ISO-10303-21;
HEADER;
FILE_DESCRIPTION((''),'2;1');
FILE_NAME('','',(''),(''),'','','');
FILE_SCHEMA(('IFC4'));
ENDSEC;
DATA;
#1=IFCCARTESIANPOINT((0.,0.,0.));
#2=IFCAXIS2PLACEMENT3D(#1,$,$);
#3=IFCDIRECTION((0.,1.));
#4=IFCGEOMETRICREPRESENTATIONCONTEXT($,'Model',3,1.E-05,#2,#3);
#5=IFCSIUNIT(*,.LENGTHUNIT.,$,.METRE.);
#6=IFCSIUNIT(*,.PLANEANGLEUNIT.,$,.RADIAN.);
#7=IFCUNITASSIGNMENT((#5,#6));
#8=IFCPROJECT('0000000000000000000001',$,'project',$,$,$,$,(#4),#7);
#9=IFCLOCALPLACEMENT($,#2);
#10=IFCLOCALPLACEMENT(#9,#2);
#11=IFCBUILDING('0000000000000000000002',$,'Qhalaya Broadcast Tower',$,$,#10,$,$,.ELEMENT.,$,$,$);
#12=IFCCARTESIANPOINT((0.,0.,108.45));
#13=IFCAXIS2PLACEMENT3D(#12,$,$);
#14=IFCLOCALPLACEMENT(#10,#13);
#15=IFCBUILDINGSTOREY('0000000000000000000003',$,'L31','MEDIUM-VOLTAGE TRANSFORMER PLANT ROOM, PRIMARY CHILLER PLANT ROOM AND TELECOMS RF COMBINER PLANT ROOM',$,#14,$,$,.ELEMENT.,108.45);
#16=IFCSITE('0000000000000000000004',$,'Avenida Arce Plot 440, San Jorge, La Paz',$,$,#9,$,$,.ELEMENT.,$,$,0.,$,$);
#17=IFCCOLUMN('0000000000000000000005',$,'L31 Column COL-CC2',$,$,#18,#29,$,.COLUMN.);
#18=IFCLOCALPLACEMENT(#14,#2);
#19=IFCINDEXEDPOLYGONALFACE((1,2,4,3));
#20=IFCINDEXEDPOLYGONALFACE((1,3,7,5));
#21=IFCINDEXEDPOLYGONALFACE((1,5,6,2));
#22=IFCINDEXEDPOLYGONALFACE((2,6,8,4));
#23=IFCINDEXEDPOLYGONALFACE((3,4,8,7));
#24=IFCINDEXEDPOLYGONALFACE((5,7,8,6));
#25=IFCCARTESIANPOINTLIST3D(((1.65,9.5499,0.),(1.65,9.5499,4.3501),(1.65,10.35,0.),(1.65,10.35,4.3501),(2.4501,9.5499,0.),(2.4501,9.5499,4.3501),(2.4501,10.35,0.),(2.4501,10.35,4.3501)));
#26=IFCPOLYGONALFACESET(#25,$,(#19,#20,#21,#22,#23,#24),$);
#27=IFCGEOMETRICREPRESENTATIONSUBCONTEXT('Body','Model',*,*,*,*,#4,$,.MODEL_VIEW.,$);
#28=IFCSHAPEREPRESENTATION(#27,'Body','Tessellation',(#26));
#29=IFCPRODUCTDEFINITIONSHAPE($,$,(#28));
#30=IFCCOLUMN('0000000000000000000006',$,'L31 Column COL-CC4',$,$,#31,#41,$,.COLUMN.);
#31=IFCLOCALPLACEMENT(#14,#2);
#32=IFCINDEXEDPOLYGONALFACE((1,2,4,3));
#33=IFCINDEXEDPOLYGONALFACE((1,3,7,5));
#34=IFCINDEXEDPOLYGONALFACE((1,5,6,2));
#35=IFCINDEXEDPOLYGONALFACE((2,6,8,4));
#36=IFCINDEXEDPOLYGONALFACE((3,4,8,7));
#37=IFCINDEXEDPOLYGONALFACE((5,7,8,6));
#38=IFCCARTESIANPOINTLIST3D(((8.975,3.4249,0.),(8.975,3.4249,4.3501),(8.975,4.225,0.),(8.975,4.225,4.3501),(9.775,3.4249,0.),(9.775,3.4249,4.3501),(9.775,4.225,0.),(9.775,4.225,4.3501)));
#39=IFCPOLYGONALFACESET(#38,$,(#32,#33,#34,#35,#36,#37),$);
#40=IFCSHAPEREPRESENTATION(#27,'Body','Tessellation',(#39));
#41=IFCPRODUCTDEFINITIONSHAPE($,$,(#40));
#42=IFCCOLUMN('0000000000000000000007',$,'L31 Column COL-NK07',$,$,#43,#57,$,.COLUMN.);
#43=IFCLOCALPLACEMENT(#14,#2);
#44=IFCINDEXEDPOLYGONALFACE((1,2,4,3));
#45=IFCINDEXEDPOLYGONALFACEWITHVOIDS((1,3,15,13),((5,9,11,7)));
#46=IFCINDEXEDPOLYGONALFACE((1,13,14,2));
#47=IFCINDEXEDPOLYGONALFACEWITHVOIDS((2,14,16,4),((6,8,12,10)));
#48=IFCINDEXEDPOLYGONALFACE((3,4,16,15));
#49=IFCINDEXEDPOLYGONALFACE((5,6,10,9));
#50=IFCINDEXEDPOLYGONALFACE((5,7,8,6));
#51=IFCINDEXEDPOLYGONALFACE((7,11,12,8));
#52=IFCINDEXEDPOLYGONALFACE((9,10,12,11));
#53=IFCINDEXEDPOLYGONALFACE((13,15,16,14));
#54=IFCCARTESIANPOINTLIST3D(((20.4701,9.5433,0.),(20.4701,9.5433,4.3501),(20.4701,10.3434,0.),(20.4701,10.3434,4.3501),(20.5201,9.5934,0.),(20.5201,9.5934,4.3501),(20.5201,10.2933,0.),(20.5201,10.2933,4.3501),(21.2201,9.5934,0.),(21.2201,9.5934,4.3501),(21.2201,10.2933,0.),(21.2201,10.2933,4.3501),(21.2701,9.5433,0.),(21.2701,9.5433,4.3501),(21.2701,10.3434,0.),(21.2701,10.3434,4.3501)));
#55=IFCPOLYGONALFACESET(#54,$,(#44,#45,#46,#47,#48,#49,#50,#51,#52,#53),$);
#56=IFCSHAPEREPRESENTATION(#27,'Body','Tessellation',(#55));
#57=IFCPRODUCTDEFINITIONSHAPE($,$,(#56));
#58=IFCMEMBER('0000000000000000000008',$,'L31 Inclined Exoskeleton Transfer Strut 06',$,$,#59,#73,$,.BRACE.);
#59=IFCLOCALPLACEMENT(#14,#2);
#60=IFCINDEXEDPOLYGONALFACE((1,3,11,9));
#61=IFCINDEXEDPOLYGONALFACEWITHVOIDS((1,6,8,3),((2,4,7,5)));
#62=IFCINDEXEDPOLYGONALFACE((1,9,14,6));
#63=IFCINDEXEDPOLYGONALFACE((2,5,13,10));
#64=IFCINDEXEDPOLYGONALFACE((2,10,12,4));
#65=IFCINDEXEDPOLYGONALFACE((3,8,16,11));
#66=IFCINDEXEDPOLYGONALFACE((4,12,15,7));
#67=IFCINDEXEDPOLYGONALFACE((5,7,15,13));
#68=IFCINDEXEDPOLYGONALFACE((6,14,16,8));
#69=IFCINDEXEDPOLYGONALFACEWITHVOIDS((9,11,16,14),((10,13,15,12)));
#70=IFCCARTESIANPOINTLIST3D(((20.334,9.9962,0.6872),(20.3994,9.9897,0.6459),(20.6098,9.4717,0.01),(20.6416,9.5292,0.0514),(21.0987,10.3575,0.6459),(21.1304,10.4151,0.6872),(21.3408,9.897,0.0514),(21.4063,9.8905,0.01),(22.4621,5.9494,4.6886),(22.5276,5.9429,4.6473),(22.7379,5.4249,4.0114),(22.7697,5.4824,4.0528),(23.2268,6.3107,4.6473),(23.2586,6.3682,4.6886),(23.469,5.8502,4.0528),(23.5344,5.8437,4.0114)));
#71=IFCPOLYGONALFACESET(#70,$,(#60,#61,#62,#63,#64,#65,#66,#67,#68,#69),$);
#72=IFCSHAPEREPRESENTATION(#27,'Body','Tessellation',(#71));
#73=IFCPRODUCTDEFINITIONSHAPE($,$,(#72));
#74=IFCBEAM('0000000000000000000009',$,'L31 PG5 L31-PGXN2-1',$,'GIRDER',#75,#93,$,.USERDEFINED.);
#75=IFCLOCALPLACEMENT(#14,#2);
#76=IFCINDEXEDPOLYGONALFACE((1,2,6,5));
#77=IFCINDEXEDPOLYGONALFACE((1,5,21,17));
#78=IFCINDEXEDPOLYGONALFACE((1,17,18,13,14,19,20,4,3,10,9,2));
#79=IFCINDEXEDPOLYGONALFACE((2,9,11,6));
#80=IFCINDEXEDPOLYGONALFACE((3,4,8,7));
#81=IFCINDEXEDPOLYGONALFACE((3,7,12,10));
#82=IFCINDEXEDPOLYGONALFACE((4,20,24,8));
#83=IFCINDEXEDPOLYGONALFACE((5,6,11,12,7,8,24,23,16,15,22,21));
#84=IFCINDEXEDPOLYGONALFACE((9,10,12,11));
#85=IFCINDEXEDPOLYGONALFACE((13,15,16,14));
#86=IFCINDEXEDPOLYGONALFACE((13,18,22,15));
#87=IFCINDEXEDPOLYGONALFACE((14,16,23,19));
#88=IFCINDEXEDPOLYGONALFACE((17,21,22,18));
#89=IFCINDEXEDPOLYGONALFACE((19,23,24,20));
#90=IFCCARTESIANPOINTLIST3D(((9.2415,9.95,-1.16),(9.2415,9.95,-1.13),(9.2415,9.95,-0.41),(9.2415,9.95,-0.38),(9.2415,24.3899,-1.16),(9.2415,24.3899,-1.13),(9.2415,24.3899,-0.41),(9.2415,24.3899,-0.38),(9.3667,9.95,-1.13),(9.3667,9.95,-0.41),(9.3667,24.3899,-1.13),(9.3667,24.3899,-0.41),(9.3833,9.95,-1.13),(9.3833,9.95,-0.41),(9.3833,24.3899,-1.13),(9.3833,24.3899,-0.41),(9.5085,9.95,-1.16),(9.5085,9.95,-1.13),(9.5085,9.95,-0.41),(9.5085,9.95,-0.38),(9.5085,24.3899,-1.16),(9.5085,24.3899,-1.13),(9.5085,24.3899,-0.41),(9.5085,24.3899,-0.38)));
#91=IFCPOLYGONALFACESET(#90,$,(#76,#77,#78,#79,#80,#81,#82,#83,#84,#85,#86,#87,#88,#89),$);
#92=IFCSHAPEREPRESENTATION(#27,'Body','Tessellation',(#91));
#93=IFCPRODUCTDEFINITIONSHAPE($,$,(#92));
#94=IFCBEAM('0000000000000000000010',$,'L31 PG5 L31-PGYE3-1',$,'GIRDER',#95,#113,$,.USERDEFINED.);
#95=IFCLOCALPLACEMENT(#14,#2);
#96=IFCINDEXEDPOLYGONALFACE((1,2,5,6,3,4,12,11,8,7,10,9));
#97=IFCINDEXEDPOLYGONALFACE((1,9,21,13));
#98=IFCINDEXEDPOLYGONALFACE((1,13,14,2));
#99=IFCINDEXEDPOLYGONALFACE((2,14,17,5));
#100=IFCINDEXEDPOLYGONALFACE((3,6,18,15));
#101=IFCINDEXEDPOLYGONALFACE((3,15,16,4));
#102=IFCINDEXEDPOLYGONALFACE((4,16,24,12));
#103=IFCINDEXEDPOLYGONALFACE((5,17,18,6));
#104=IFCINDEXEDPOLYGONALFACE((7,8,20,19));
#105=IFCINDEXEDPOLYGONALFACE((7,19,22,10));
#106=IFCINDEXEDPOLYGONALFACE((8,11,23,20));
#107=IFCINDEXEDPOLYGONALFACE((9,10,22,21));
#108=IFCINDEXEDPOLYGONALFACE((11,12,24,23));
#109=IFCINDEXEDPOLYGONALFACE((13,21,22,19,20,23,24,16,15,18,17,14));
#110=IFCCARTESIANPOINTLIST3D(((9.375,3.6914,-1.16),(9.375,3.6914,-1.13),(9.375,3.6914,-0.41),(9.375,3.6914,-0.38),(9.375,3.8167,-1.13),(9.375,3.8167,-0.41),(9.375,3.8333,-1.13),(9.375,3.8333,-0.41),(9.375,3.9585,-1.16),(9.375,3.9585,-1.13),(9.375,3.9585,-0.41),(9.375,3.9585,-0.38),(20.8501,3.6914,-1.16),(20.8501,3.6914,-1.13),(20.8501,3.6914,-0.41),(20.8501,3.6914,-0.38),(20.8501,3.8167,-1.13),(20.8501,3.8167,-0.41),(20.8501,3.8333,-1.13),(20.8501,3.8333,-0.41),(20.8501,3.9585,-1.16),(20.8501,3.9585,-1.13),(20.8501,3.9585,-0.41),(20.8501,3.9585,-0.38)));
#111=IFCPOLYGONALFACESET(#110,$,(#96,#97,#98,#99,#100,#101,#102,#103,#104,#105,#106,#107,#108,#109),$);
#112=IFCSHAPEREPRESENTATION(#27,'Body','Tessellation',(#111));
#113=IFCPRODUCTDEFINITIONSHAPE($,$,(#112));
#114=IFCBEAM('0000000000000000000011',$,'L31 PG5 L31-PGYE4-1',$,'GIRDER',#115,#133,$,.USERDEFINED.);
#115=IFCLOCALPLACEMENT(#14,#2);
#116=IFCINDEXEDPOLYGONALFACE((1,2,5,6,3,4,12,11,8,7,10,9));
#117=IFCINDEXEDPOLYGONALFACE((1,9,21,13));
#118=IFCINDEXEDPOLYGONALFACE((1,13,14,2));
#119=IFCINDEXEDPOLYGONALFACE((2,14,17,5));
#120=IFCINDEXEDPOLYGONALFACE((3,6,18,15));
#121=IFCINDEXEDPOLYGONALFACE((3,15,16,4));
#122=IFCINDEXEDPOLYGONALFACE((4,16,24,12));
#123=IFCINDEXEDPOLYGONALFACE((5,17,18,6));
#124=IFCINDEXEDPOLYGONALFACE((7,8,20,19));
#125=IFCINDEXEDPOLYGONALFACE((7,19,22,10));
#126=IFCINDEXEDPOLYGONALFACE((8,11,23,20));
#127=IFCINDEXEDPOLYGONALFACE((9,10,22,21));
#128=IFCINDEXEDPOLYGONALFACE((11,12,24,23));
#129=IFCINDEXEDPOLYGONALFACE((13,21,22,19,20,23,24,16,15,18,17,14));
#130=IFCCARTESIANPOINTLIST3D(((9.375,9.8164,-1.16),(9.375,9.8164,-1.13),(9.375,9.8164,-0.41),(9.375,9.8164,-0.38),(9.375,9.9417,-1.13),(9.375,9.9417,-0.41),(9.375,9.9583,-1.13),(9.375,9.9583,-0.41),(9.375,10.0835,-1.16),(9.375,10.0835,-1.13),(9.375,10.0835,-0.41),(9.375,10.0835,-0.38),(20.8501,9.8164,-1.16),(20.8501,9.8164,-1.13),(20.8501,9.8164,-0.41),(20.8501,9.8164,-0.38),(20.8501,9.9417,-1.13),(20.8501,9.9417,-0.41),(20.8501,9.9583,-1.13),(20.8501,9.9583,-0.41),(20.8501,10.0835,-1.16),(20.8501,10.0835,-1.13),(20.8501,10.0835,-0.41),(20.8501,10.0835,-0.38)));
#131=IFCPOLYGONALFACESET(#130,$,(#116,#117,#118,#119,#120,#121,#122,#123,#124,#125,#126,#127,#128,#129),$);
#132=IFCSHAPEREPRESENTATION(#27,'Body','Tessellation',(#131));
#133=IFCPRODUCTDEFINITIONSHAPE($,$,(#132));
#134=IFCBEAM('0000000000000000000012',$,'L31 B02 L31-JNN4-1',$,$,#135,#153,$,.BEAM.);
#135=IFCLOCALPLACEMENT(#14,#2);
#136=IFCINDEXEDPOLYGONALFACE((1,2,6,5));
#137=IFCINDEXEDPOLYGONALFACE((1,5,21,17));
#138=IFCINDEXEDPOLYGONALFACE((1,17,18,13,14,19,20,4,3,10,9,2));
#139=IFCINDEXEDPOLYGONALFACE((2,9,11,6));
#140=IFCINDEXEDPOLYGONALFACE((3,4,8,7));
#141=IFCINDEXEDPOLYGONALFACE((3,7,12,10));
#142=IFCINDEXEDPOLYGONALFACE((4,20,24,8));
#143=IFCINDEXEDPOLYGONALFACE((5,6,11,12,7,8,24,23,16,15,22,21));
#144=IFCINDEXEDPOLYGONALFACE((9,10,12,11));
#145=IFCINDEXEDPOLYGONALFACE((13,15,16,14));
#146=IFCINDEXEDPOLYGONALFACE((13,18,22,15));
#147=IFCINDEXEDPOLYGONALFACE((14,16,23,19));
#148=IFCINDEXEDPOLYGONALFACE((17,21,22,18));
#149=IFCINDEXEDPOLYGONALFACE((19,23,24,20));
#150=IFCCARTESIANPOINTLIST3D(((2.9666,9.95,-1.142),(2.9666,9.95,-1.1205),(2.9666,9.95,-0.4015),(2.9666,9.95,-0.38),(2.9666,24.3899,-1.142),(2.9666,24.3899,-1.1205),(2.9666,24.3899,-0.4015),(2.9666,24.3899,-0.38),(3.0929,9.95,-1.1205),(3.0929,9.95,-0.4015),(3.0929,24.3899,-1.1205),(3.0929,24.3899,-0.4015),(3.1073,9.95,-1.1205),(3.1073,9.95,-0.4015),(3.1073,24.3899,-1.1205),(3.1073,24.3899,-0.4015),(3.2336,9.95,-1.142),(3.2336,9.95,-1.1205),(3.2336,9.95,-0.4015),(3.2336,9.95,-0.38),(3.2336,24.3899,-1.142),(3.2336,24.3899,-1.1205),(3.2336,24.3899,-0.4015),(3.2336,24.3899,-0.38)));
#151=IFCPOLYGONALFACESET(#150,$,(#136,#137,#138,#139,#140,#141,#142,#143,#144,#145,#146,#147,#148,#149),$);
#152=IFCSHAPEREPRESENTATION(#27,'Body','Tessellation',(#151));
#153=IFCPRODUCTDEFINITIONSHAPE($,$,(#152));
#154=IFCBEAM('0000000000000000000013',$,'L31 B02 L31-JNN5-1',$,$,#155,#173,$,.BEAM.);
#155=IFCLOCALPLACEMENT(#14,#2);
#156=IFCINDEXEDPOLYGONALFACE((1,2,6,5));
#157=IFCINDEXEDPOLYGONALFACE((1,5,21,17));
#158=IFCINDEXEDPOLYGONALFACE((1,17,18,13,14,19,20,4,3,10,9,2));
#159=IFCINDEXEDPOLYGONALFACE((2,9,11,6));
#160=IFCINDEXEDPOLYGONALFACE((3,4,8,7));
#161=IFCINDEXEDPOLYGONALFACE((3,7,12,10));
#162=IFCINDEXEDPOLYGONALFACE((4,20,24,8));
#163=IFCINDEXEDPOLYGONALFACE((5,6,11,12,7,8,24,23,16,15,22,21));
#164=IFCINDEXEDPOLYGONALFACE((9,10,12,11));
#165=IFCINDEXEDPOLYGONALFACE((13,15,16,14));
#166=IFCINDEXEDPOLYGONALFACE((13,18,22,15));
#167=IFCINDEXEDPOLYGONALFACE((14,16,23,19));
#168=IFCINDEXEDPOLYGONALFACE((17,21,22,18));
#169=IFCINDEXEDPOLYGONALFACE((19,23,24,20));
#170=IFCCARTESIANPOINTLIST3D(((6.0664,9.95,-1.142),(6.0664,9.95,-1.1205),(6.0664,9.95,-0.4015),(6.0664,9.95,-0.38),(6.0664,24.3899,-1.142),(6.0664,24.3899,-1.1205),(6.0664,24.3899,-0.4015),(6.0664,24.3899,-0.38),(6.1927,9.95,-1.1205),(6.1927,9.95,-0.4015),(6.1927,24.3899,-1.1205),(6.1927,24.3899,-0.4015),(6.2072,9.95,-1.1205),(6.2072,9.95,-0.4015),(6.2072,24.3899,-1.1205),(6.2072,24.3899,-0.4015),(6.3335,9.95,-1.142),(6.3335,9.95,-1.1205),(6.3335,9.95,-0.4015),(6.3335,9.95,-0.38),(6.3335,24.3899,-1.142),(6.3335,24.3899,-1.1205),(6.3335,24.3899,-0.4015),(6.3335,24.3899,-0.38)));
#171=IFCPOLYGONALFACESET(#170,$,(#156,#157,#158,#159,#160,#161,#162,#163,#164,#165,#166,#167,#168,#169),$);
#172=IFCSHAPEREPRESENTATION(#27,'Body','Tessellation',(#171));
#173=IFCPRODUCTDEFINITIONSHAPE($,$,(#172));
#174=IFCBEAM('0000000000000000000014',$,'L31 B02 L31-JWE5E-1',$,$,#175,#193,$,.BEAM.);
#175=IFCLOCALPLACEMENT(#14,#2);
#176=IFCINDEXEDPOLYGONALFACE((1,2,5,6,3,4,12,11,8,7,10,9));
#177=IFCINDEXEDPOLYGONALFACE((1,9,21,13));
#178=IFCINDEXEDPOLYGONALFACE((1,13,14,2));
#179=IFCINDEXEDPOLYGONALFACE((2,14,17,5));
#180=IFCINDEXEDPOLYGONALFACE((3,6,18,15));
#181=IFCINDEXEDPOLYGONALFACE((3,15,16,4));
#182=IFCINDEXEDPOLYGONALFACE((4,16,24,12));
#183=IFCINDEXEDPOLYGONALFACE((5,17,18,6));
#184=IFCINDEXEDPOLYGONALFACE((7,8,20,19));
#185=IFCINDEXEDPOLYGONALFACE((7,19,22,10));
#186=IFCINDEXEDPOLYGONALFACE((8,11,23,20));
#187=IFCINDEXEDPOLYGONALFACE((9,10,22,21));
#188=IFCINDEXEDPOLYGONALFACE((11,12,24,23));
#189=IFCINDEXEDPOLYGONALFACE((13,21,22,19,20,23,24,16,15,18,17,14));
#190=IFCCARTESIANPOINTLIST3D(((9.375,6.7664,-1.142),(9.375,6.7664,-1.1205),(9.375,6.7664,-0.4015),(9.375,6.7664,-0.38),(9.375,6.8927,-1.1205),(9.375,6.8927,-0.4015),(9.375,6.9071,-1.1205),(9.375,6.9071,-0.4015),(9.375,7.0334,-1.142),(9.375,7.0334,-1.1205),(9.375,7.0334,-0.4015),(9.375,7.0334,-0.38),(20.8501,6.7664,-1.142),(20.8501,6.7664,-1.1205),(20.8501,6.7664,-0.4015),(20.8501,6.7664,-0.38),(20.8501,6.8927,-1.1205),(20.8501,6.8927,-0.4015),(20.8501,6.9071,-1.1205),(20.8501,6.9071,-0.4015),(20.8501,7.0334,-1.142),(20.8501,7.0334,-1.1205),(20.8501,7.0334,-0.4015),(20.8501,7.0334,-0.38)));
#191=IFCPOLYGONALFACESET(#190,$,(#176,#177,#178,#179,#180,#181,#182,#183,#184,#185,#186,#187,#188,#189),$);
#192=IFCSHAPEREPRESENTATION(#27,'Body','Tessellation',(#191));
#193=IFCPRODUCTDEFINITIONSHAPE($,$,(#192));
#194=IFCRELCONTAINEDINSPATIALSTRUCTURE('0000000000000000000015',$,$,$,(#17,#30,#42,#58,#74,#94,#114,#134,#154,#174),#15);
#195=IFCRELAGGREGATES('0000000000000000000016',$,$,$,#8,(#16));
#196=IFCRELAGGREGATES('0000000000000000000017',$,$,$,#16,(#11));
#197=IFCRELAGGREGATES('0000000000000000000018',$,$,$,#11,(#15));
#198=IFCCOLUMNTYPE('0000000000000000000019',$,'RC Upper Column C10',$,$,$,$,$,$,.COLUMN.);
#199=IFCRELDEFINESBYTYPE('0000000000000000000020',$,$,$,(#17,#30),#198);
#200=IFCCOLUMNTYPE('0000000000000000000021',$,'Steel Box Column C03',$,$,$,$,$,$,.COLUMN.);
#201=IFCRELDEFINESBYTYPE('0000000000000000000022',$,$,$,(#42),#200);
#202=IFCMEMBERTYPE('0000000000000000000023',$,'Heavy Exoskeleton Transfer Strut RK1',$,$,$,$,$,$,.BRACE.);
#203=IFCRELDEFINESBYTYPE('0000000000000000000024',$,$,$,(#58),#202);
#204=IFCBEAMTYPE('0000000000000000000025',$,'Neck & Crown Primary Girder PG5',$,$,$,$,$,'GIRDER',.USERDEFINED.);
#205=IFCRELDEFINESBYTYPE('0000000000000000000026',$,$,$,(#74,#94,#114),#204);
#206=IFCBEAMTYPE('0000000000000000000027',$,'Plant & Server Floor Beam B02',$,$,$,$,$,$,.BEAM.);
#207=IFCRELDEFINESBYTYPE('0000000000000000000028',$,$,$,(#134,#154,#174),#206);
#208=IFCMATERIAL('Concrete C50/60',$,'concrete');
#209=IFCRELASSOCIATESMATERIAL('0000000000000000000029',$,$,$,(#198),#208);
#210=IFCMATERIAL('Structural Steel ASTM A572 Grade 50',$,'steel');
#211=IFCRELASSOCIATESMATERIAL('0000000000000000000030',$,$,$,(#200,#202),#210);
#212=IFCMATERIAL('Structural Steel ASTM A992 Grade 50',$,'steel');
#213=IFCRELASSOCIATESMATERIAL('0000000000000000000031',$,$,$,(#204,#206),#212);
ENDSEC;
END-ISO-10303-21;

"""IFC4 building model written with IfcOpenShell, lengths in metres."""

from ifc_helpers import new_model, si_unit, direction, frame, origin, origin_2d, place, context, subcontext, project, spatial, rectangle, hollow_rectangle, i_section, extrude, material, material_profile, profile_set, type_object, element, save


model = new_model("IFC4")

# Units and contexts
model_context = context("Model", 3, precision=1e-05, world=origin(), true_north=direction((0.0, 1.0)))
body_context = subcontext(model_context, "Body", "Model", "MODEL_VIEW")
ifc_project = project(units=[si_unit("LENGTHUNIT", "METRE"), si_unit("PLANEANGLEUNIT", "RADIAN")], contexts=[model_context])

# Site, building, storey
site_placement = place(None, origin())
site = spatial("IfcSite", under=ifc_project, at=site_placement, Name="Avenida Arce Plot 440, San Jorge, La Paz", CompositionType="ELEMENT", RefElevation=0.0)
building_placement = place(site_placement, origin())
building = spatial("IfcBuilding", under=site, at=building_placement, Name="Qhalaya Broadcast Tower", CompositionType="ELEMENT")
storey_placement = place(building_placement, frame((0.0, 0.0, 108.45)))
storey = spatial("IfcBuildingStorey", under=building, at=storey_placement, Name="L31", Description="MEDIUM-VOLTAGE TRANSFORMER PLANT ROOM, PRIMARY CHILLER PLANT ROOM AND TELECOMS RF COMBINER PLANT ROOM", CompositionType="ELEMENT", Elevation=108.45)

# Columns
ifc_material_1 = material(Name="Concrete C50/60", Category="concrete")
ifc_material_profile_1 = material_profile(ifc_material_1, rectangle(XDim=0.8, YDim=0.8, at=origin_2d()), Name="RC-COL 800x800")
ifc_profile_set_1 = profile_set([ifc_material_profile_1], Name="Concrete C50/60")
column_type_1 = type_object("IfcColumnType", Name="RC Upper Column C10", PredefinedType="COLUMN", material=ifc_profile_set_1)
for number, where, z_axis, x_axis, name in (
    (1, (2.05, 9.95, 0.0), (0.0, 0.0, 1.0), (1.0, 0.0, 0.0), "L31 Column COL-CC2"),
    (2, (9.375, 3.825, 0.0), (0.0, 0.0, 1.0), (1.0, 0.0, 0.0), "L31 Column COL-CC4"),
):
    element("IfcColumn", number, at=place(storey_placement, frame(where, z_axis=z_axis, x_axis=x_axis)), inside=storey, type_object=column_type_1, Name=name, PredefinedType="COLUMN", context=body_context, shape_type="SweptSolid", body=[
        extrude(rectangle(XDim=0.8, YDim=0.8, at=origin_2d()), origin(), (0.0, 0.0, 1.0), 4.3501),
    ])
ifc_material_2 = material(Name="Structural Steel ASTM A572 Grade 50", Category="steel")
ifc_material_profile_2 = material_profile(ifc_material_2, hollow_rectangle(XDim=0.8, YDim=0.8, WallThickness=0.05, at=origin_2d()), Name="BOX 800x800x50")
ifc_profile_set_2 = profile_set([ifc_material_profile_2], Name="Structural Steel ASTM A572 Grade 50")
column_type_2 = type_object("IfcColumnType", Name="Steel Box Column C03", PredefinedType="COLUMN", material=ifc_profile_set_2)
column_placement = place(storey_placement, frame((20.8701, 9.9434, 0.0), z_axis=(0.0, 0.0, 1.0), x_axis=(0.0, 1.0, 0.0)))
element("IfcColumn", 3, at=column_placement, inside=storey, type_object=column_type_2, Name="L31 Column COL-NK07", PredefinedType="COLUMN", context=body_context, shape_type="SweptSolid", body=[
    extrude(hollow_rectangle(XDim=0.8, YDim=0.8, WallThickness=0.05, at=origin_2d()), origin(), (0.0, 0.0, 1.0), 4.3501),
])

# Member
ifc_material_profile_3 = material_profile(ifc_material_2, hollow_rectangle(XDim=0.8999, YDim=0.8999, WallThickness=0.0549, at=origin_2d()), Name="BOX 900x900x55")
ifc_profile_set_3 = profile_set([ifc_material_profile_3], Name="Structural Steel ASTM A572 Grade 50")
member_type = type_object("IfcMemberType", Name="Heavy Exoskeleton Transfer Strut RK1", PredefinedType="BRACE", material=ifc_profile_set_3)
member_placement = place(storey_placement, frame((20.8701, 9.9434, 0.3486), z_axis=(0.350258, -0.66604, 0.658567), x_axis=(0.885077, 0.465445, 0.0)))
element("IfcMember", 4, at=member_placement, inside=storey, type_object=member_type, Name="L31 Inclined Exoskeleton Transfer Strut 06", PredefinedType="BRACE", context=body_context, shape_type="SweptSolid", body=[
    extrude(hollow_rectangle(XDim=0.8999, YDim=0.8999, WallThickness=0.0549, at=origin_2d()), origin(), (0.0, 0.0, 1.0), 6.0759),
])

# Beams
ifc_material_3 = material(Name="Structural Steel ASTM A992 Grade 50", Category="steel")
ifc_material_profile_4 = material_profile(ifc_material_3, i_section(OverallWidth=0.2671, OverallDepth=0.78, WebThickness=0.0166, FlangeThickness=0.03, at=origin_2d()), Name="W30X148")
ifc_profile_set_4 = profile_set([ifc_material_profile_4], Name="Structural Steel ASTM A992 Grade 50")
beam_type_1 = type_object("IfcBeamType", Name="Neck & Crown Primary Girder PG5", ElementType="GIRDER", PredefinedType="USERDEFINED", material=ifc_profile_set_4)
beam_1_placement = place(storey_placement, frame((9.375, 9.95, -0.77), z_axis=(0.0, 1.0, 0.0), x_axis=(-1.0, 0.0, 0.0)))
element("IfcBeam", 5, at=beam_1_placement, inside=storey, type_object=beam_type_1, Name="L31 PG5 L31-PGXN2-1", ObjectType="GIRDER", PredefinedType="USERDEFINED", context=body_context, shape_type="SweptSolid", body=[
    extrude(i_section(OverallWidth=0.2671, OverallDepth=0.78, WebThickness=0.0166, FlangeThickness=0.03, at=origin_2d()), origin(), (0.0, 0.0, 1.0), 14.4399),
])
for number, where, z_axis, x_axis, name in (
    (6, (9.375, 3.825, -0.77), (1.0, 0.0, 0.0), (0.0, 1.0, 0.0), "L31 PG5 L31-PGYE3-1"),
    (7, (9.375, 9.95, -0.77), (1.0, 0.0, 0.0), (0.0, 1.0, 0.0), "L31 PG5 L31-PGYE4-1"),
):
    element("IfcBeam", number, at=place(storey_placement, frame(where, z_axis=z_axis, x_axis=x_axis)), inside=storey, type_object=beam_type_1, Name=name, ObjectType="GIRDER", PredefinedType="USERDEFINED", context=body_context, shape_type="SweptSolid", body=[
        extrude(i_section(OverallWidth=0.2671, OverallDepth=0.78, WebThickness=0.0166, FlangeThickness=0.03, at=origin_2d()), origin(), (0.0, 0.0, 1.0), 11.4751),
    ])
ifc_material_profile_5 = material_profile(ifc_material_3, i_section(OverallWidth=0.2671, OverallDepth=0.762, WebThickness=0.0144, FlangeThickness=0.0215, at=origin_2d()), Name="W30X116")
ifc_profile_set_5 = profile_set([ifc_material_profile_5], Name="Structural Steel ASTM A992 Grade 50")
beam_type_2 = type_object("IfcBeamType", Name="Plant & Server Floor Beam B02", PredefinedType="BEAM", material=ifc_profile_set_5)
for number, where, z_axis, x_axis, name in (
    (8, (3.1001, 9.95, -0.761), (0.0, 1.0, 0.0), (-1.0, 0.0, 0.0), "L31 B02 L31-JNN4-1"),
    (9, (6.2, 9.95, -0.761), (0.0, 1.0, 0.0), (-1.0, 0.0, 0.0), "L31 B02 L31-JNN5-1"),
):
    element("IfcBeam", number, at=place(storey_placement, frame(where, z_axis=z_axis, x_axis=x_axis)), inside=storey, type_object=beam_type_2, Name=name, PredefinedType="BEAM", context=body_context, shape_type="SweptSolid", body=[
        extrude(i_section(OverallWidth=0.2671, OverallDepth=0.762, WebThickness=0.0144, FlangeThickness=0.0215, at=origin_2d()), origin(), (0.0, 0.0, 1.0), 14.4399),
    ])
beam_2_placement = place(storey_placement, frame((9.375, 6.8999, -0.761), z_axis=(1.0, 0.0, 0.0), x_axis=(0.0, 1.0, 0.0)))
element("IfcBeam", 10, at=beam_2_placement, inside=storey, type_object=beam_type_2, Name="L31 B02 L31-JWE5E-1", PredefinedType="BEAM", context=body_context, shape_type="SweptSolid", body=[
    extrude(i_section(OverallWidth=0.2671, OverallDepth=0.762, WebThickness=0.0144, FlangeThickness=0.0215, at=origin_2d()), origin(), (0.0, 0.0, 1.0), 11.4751),
])

save(model, "model.ifc")
